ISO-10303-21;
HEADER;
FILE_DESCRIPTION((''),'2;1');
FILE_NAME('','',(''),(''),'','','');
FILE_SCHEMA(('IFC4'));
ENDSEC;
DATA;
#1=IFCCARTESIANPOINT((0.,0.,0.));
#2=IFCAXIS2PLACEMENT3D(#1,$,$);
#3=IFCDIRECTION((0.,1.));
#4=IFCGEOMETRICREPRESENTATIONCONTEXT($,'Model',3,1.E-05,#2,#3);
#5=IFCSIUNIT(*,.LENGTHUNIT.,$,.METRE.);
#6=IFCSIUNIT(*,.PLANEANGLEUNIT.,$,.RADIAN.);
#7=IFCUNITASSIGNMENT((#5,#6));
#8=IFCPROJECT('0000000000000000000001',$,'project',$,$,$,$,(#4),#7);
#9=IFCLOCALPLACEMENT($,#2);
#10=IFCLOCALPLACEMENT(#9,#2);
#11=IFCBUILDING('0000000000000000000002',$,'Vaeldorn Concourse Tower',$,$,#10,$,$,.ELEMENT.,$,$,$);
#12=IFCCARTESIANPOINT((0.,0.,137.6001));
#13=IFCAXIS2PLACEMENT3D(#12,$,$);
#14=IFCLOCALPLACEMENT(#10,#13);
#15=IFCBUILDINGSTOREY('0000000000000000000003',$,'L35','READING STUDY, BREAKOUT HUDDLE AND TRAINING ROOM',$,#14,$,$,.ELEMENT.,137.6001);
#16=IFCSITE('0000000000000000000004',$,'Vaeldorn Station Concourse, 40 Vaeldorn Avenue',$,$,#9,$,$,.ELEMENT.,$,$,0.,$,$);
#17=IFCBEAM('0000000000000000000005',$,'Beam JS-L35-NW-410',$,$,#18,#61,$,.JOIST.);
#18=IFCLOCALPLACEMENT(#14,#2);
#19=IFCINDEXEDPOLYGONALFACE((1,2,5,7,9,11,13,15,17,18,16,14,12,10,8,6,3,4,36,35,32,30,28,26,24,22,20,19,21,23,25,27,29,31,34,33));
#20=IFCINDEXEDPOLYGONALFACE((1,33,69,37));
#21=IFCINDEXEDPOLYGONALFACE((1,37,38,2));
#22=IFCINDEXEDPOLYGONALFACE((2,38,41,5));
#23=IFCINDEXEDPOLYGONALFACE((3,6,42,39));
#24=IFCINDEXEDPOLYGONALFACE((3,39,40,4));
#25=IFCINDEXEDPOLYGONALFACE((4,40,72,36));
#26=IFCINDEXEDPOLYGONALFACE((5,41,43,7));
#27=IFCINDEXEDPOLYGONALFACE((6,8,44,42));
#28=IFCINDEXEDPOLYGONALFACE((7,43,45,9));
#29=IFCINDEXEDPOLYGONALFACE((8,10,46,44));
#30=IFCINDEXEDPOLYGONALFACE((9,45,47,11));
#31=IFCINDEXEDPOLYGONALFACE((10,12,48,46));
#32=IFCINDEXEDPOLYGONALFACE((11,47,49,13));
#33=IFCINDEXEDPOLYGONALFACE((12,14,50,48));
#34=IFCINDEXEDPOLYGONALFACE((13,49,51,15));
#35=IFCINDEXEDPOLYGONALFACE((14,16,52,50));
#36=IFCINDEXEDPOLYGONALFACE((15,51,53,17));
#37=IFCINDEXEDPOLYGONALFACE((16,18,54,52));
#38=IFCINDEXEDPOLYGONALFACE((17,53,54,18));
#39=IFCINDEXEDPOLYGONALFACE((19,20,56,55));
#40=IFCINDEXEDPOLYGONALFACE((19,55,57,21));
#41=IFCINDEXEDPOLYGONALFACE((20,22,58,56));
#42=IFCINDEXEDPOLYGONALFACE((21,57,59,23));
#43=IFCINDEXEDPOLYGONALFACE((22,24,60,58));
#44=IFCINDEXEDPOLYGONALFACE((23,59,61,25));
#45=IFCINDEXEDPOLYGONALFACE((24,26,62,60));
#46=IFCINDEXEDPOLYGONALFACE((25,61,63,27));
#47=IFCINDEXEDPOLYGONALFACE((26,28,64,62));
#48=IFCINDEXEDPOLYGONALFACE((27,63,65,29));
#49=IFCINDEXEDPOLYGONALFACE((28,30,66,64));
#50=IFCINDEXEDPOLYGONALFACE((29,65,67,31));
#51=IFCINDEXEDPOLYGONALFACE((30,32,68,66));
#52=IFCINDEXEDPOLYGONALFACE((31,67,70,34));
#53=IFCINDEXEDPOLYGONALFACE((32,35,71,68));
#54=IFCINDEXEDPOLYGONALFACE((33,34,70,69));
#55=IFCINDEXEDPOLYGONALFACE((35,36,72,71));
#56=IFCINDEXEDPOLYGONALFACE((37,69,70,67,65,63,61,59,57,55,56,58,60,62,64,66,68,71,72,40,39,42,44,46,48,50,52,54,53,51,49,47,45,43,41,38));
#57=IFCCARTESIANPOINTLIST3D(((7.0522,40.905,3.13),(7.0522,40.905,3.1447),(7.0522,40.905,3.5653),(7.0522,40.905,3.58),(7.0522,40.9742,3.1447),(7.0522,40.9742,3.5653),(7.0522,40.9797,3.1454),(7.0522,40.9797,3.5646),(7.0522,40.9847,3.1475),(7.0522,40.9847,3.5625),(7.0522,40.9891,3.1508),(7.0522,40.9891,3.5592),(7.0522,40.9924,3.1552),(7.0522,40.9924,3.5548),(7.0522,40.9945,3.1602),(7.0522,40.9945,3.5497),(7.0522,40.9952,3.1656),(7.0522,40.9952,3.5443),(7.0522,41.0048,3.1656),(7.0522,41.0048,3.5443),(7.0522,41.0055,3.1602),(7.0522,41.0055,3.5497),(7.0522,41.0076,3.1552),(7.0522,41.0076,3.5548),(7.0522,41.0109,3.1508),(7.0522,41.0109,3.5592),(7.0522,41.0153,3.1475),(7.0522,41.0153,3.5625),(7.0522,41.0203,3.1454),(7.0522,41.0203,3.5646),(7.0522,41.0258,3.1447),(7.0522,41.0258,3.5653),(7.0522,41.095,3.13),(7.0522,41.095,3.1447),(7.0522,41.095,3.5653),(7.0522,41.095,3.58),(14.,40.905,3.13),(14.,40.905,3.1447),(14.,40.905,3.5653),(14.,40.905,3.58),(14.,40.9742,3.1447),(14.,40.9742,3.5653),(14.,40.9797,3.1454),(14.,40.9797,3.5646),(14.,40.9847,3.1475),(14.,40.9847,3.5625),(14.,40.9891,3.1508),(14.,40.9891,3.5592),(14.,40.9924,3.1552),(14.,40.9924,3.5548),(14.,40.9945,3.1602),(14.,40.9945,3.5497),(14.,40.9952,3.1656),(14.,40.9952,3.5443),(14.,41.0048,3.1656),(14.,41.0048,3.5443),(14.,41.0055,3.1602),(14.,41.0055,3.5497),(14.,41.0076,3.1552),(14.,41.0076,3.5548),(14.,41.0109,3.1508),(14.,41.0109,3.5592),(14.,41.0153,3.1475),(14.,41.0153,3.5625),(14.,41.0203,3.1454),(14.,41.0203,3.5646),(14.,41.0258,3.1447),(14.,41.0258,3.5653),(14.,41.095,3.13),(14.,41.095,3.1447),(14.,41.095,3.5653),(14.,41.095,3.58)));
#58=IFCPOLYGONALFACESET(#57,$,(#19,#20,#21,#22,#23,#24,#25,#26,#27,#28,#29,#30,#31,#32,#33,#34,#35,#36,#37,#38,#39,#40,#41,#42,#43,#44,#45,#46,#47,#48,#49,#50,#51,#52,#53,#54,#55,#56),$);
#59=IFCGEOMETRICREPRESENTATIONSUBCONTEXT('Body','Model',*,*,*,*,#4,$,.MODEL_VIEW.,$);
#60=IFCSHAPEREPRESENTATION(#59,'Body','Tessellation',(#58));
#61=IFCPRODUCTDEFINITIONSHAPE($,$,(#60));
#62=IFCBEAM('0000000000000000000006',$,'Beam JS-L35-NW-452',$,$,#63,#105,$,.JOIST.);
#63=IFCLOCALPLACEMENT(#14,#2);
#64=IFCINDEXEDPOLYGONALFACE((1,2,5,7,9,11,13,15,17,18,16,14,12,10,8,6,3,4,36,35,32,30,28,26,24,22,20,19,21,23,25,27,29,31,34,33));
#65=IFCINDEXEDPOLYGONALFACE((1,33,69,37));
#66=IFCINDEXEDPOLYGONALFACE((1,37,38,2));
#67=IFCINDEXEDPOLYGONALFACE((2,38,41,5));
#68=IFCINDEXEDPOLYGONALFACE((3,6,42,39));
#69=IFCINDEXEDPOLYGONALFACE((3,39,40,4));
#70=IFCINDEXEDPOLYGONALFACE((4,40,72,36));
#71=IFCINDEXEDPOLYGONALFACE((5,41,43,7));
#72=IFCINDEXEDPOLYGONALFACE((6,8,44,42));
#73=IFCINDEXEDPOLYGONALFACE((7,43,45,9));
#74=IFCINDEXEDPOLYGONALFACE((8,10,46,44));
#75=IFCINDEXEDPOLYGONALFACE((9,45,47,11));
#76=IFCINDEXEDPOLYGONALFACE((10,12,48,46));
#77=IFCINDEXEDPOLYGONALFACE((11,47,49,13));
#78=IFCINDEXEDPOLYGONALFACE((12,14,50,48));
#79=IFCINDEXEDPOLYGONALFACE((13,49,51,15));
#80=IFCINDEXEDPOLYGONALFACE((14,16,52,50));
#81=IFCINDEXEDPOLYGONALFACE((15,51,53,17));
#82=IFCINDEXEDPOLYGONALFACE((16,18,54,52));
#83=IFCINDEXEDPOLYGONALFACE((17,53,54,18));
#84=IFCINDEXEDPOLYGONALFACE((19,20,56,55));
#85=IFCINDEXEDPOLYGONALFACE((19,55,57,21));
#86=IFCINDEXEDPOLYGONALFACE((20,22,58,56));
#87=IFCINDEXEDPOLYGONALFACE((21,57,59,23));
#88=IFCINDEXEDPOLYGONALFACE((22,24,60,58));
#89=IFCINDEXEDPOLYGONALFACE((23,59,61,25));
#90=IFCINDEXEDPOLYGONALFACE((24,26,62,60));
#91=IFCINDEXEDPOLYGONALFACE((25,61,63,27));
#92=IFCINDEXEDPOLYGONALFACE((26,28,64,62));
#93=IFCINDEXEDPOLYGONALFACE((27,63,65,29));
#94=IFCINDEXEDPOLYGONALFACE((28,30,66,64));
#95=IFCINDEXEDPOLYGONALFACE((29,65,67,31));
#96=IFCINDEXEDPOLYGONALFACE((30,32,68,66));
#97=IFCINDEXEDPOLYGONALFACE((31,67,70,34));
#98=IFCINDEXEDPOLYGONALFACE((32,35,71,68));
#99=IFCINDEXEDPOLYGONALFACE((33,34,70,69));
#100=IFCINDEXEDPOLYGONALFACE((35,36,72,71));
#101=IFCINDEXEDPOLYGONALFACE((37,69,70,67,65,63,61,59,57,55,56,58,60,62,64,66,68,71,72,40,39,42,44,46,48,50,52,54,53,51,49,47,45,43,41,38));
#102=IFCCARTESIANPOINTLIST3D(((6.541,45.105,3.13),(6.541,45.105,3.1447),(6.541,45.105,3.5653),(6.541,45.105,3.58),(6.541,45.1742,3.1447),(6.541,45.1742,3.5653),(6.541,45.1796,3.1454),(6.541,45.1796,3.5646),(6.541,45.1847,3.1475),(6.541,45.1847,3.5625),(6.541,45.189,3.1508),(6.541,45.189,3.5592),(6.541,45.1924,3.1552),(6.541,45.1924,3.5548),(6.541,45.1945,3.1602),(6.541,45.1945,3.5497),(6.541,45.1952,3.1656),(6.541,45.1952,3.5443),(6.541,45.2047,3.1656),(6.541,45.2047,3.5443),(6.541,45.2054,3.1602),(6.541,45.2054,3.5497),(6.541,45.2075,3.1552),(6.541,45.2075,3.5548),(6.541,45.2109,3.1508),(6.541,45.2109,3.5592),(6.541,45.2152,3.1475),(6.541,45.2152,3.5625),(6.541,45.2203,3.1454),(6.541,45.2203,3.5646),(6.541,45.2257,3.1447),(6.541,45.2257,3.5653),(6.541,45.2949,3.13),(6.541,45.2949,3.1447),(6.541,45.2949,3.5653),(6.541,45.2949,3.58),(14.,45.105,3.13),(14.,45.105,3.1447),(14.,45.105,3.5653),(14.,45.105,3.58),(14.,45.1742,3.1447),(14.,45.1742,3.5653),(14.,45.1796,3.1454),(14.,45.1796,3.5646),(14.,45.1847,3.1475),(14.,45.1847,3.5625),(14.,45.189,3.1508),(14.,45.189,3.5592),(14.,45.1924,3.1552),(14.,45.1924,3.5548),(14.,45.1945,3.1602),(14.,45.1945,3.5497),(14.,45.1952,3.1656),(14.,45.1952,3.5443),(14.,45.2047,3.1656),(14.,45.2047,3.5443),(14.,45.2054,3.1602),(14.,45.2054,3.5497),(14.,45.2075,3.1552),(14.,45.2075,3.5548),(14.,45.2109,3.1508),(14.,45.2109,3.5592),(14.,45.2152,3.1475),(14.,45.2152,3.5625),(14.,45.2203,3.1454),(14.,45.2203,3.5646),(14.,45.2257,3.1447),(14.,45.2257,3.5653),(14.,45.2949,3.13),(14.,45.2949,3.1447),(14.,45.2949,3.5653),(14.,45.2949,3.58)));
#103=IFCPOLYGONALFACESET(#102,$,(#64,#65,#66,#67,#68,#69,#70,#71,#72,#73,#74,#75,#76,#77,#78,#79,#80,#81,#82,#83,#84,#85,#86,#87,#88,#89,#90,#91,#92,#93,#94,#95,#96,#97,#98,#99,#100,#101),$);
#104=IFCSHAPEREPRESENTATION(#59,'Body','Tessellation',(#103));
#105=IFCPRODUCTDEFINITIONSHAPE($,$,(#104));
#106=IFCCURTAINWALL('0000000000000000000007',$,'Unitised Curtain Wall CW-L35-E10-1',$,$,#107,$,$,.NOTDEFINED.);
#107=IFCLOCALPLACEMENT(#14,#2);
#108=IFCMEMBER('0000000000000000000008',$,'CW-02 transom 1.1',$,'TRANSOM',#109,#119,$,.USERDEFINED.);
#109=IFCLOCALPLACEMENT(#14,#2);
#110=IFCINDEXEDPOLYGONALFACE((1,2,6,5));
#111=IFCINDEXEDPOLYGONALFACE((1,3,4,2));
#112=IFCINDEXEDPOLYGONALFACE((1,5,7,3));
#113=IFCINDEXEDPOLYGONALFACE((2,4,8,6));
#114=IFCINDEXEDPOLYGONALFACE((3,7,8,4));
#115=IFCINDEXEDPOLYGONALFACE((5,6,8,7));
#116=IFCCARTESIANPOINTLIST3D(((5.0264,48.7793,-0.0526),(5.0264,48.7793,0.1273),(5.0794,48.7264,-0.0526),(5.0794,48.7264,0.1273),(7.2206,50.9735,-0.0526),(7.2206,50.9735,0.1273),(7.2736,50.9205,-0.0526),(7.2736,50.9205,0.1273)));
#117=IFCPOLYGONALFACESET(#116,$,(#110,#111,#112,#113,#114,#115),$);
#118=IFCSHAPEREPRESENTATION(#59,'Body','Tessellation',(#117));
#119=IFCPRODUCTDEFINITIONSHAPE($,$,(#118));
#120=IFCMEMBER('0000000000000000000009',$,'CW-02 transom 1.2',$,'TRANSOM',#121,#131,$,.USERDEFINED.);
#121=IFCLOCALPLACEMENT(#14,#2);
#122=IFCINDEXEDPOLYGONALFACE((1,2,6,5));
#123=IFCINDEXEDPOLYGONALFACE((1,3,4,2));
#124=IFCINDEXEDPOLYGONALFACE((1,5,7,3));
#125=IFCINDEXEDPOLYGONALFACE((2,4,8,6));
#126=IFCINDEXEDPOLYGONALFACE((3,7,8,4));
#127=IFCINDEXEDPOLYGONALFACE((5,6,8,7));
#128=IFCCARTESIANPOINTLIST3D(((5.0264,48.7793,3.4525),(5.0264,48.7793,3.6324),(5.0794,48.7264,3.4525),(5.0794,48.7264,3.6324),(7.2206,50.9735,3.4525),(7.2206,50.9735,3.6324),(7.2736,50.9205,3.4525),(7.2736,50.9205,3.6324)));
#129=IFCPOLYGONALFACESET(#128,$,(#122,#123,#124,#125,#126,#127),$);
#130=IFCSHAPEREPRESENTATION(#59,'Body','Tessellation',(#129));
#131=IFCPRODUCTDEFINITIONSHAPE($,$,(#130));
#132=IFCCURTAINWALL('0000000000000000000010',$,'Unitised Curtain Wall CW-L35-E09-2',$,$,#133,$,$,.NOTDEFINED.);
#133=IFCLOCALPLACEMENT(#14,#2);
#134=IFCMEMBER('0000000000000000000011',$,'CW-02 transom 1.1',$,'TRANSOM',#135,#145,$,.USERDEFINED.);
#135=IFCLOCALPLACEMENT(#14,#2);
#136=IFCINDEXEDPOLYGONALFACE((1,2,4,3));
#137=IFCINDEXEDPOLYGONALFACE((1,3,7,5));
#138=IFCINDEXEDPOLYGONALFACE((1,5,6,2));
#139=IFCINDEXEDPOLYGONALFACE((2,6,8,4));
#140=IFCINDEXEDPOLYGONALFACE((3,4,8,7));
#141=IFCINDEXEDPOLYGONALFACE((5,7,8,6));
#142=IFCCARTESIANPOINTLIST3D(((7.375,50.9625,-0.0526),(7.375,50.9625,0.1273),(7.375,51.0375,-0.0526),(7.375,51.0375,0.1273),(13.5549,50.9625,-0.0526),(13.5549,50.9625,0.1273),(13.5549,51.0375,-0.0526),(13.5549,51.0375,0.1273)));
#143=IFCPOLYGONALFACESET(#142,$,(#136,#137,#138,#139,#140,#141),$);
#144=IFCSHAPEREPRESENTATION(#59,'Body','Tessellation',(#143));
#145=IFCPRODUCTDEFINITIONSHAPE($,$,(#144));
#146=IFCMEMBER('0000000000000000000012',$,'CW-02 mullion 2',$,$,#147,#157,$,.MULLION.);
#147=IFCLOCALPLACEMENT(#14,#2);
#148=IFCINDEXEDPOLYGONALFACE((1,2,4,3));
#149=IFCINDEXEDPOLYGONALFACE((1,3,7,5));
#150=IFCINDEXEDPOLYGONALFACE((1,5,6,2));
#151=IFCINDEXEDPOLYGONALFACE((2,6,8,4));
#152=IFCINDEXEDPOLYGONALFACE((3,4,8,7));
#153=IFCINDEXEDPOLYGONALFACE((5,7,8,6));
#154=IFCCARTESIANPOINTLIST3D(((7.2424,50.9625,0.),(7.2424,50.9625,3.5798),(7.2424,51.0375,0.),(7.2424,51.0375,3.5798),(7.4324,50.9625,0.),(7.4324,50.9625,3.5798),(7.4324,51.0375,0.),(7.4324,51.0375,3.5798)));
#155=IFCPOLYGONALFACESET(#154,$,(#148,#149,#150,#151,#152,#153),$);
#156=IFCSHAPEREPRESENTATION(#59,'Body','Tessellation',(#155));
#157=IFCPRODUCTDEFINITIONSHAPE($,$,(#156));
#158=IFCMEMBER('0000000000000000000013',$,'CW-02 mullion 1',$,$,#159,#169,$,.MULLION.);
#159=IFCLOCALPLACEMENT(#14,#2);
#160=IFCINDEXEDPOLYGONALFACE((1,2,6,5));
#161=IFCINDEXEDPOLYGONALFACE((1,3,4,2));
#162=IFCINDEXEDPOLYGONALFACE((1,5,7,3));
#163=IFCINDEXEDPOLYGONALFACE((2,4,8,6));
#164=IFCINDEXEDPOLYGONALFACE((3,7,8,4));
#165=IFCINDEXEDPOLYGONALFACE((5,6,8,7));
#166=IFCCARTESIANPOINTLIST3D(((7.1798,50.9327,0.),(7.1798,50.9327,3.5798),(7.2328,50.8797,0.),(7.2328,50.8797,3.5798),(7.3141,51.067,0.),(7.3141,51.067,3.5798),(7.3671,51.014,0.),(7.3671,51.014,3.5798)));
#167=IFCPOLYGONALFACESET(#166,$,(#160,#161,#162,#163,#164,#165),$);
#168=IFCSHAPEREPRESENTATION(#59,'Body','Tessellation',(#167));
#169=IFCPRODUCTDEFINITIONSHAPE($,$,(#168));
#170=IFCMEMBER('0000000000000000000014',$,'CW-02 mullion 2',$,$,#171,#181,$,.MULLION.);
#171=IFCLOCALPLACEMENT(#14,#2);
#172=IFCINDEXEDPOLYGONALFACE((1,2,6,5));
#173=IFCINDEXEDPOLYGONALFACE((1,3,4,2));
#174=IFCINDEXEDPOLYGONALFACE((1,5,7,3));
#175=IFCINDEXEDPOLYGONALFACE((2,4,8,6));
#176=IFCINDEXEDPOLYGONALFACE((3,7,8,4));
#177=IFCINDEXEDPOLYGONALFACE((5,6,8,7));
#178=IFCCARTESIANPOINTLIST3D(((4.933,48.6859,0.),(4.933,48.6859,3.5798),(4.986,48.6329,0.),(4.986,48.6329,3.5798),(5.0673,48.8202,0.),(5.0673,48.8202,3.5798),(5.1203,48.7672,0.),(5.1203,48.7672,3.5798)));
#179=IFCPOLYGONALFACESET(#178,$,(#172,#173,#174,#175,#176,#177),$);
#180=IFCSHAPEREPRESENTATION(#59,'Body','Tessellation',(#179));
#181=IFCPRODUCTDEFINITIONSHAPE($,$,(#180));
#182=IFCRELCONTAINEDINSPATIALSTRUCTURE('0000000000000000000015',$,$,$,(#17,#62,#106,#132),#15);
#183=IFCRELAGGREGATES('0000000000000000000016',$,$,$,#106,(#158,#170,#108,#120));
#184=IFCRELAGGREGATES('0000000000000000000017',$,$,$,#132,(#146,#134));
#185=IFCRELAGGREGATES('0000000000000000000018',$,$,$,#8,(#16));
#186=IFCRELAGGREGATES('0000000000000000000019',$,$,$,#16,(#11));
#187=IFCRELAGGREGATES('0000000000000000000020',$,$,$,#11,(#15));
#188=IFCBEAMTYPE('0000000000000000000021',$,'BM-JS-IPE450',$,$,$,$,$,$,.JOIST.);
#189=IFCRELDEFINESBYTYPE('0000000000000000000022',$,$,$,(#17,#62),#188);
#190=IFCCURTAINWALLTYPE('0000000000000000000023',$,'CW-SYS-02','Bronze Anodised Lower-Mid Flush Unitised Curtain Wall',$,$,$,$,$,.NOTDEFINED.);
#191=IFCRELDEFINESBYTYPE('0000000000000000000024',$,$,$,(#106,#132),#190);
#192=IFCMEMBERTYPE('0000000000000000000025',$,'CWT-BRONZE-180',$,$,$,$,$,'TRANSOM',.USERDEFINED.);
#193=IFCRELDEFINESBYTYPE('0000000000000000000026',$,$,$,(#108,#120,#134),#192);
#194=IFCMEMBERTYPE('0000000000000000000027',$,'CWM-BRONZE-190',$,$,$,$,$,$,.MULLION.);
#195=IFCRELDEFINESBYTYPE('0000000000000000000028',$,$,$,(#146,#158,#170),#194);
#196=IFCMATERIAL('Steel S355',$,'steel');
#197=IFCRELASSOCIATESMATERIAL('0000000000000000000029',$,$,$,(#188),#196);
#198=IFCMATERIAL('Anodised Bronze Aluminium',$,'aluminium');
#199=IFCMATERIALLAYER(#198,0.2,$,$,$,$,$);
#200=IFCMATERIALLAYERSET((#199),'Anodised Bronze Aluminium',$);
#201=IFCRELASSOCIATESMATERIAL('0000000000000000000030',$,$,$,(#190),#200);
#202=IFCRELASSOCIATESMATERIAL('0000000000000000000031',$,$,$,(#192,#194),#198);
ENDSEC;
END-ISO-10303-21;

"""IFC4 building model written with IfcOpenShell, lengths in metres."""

from ifc_helpers import new_model, si_unit, direction, frame, origin, origin_2d, place, context, subcontext, project, spatial, rectangle, i_section, extrude, source, transform, mapped, material, layer, layer_set, material_profile, profile_set, type_object, element, aggregate, save


model = new_model("IFC4")

# Units and contexts
model_context = context("Model", 3, precision=1e-05, world=origin(), true_north=direction((0.0, 1.0)))
body_context = subcontext(model_context, "Body", "Model", "MODEL_VIEW")
ifc_project = project(units=[si_unit("LENGTHUNIT", "METRE"), si_unit("PLANEANGLEUNIT", "RADIAN")], contexts=[model_context])

# Site, building, storey
site_placement = place(None, origin())
site = spatial("IfcSite", under=ifc_project, at=site_placement, Name="Vaeldorn Station Concourse, 40 Vaeldorn Avenue", CompositionType="ELEMENT", RefElevation=0.0)
building_placement = place(site_placement, origin())
building = spatial("IfcBuilding", under=site, at=building_placement, Name="Vaeldorn Concourse Tower", CompositionType="ELEMENT")
storey_placement = place(building_placement, frame((0.0, 0.0, 137.6001)))
storey = spatial("IfcBuildingStorey", under=building, at=storey_placement, Name="L35", Description="READING STUDY, BREAKOUT HUDDLE AND TRAINING ROOM", CompositionType="ELEMENT", Elevation=137.6001)

# Beams
ifc_material_1 = material(Name="Steel S355", Category="steel")
ifc_material_profile_1 = material_profile(ifc_material_1, i_section(OverallWidth=0.1899, OverallDepth=0.45, WebThickness=0.0095, FlangeThickness=0.0146, FilletRadius=0.021, at=origin_2d()), Name="IPE 450")
ifc_profile_set_1 = profile_set([ifc_material_profile_1], Name="Steel S355")
beam_type_1 = type_object("IfcBeamType", Name="BM-JS-IPE450", PredefinedType="JOIST", material=ifc_profile_set_1)
shared_shape_1 = source(origin(), body_context, "Body", "SweptSolid", [
    extrude(i_section(OverallWidth=0.1899, OverallDepth=0.45, WebThickness=0.0095, FlangeThickness=0.0146, FilletRadius=0.021, at=origin_2d()), origin(), (0.0, 0.0, 1.0), 6.9478),
])
beam_1_placement = place(storey_placement, frame((7.0522, 41.0, 3.355), z_axis=(1.0, 0.0, 0.0), x_axis=(0.0, 1.0, 0.0)))
element("IfcBeam", 1, at=beam_1_placement, inside=storey, type_object=beam_type_1, Name="Beam JS-L35-NW-410", PredefinedType="JOIST", context=body_context, shape_type="MappedRepresentation", body=[
    mapped(shared_shape_1, transform((0.0, 0.0, 0.0), scale=1.0)),
])
shared_shape_2 = source(origin(), body_context, "Body", "SweptSolid", [
    extrude(i_section(OverallWidth=0.1899, OverallDepth=0.45, WebThickness=0.0095, FlangeThickness=0.0146, FilletRadius=0.021, at=origin_2d()), origin(), (0.0, 0.0, 1.0), 7.459),
])
beam_2_placement = place(storey_placement, frame((6.541, 45.2, 3.355), z_axis=(1.0, 0.0, 0.0), x_axis=(0.0, 1.0, 0.0)))
element("IfcBeam", 2, at=beam_2_placement, inside=storey, type_object=beam_type_1, Name="Beam JS-L35-NW-452", PredefinedType="JOIST", context=body_context, shape_type="MappedRepresentation", body=[
    mapped(shared_shape_2, transform((0.0, 0.0, 0.0), scale=1.0)),
])

# Curtain walls, members
ifc_material_2 = material(Name="Anodised Bronze Aluminium", Category="aluminium")
ifc_layer_1 = layer(ifc_material_2, 0.2)
ifc_layer_set_1 = layer_set([ifc_layer_1], Name="Anodised Bronze Aluminium")
curtain_wall_type = type_object("IfcCurtainWallType", Name="CW-SYS-02", Description="Bronze Anodised Lower-Mid Flush Unitised Curtain Wall", PredefinedType="NOTDEFINED", material=ifc_layer_set_1)
curtain_wall_1_placement = place(storey_placement, origin())
curtain_wall_1 = element("IfcCurtainWall", 3, at=curtain_wall_1_placement, inside=storey, type_object=curtain_wall_type, Name="Unitised Curtain Wall CW-L35-E10-1", PredefinedType="NOTDEFINED")
ifc_material_profile_2 = material_profile(ifc_material_2, rectangle(XDim=0.075, YDim=0.1799, at=origin_2d()), Name="CWT 75x180")
ifc_profile_set_2 = profile_set([ifc_material_profile_2], Name="Anodised Bronze Aluminium")
member_type_1 = type_object("IfcMemberType", Name="CWT-BRONZE-180", ElementType="TRANSOM", PredefinedType="USERDEFINED", material=ifc_profile_set_2)
shared_shape_3 = source(origin(), body_context, "Body", "SweptSolid", [
    extrude(rectangle(XDim=0.075, YDim=0.1799, at=origin_2d()), origin(), (0.0, 0.0, 1.0), 3.103),
])
member_1_placement = place(storey_placement, frame((7.2471, 50.947, 0.0374), z_axis=(-0.707107, -0.707107, 0.0), x_axis=(0.707107, -0.707107, 0.0)))
member_1 = element("IfcMember", 4, at=member_1_placement, type_object=member_type_1, Name="CW-02 transom 1.1", ObjectType="TRANSOM", PredefinedType="USERDEFINED", context=body_context, shape_type="MappedRepresentation", body=[
    mapped(shared_shape_3, transform((0.0, 0.0, 0.0), scale=1.0)),
])
member_2_placement = place(storey_placement, frame((7.2471, 50.947, 3.5425), z_axis=(-0.707107, -0.707107, 0.0), x_axis=(0.707107, -0.707107, 0.0)))
member_2 = element("IfcMember", 5, at=member_2_placement, type_object=member_type_1, Name="CW-02 transom 1.2", ObjectType="TRANSOM", PredefinedType="USERDEFINED", context=body_context, shape_type="MappedRepresentation", body=[
    mapped(shared_shape_3, transform((0.0, 0.0, 0.0), scale=1.0)),
])
curtain_wall_2_placement = place(storey_placement, origin())
curtain_wall_2 = element("IfcCurtainWall", 6, at=curtain_wall_2_placement, inside=storey, type_object=curtain_wall_type, Name="Unitised Curtain Wall CW-L35-E09-2", PredefinedType="NOTDEFINED")
shared_shape_4 = source(origin(), body_context, "Body", "SweptSolid", [
    extrude(rectangle(XDim=0.075, YDim=0.1799, at=origin_2d()), origin(), (0.0, 0.0, 1.0), 6.1799),
])
member_3_placement = place(storey_placement, frame((13.5549, 51.0, 0.0374), z_axis=(-1.0, 0.0, 0.0), x_axis=(0.0, -1.0, 0.0)))
member_3 = element("IfcMember", 7, at=member_3_placement, type_object=member_type_1, Name="CW-02 transom 1.1", ObjectType="TRANSOM", PredefinedType="USERDEFINED", context=body_context, shape_type="MappedRepresentation", body=[
    mapped(shared_shape_4, transform((0.0, 0.0, 0.0), scale=1.0)),
])
ifc_material_profile_3 = material_profile(ifc_material_2, rectangle(XDim=0.075, YDim=0.1899, at=origin_2d()), Name="CWM 75x190")
ifc_profile_set_3 = profile_set([ifc_material_profile_3], Name="Anodised Bronze Aluminium")
member_type_2 = type_object("IfcMemberType", Name="CWM-BRONZE-190", PredefinedType="MULLION", material=ifc_profile_set_3)
shared_shape_5 = source(origin(), body_context, "Body", "SweptSolid", [
    extrude(rectangle(XDim=0.075, YDim=0.1899, at=origin_2d()), origin(), (0.0, 0.0, 1.0), 3.5798),
])
member_4_placement = place(storey_placement, frame((7.3374, 51.0, 0.0), z_axis=(0.0, 0.0, 1.0), x_axis=(0.0, -1.0, 0.0)))
member_4 = element("IfcMember", 8, at=member_4_placement, type_object=member_type_2, Name="CW-02 mullion 2", PredefinedType="MULLION", context=body_context, shape_type="MappedRepresentation", body=[
    mapped(shared_shape_5, transform((0.0, 0.0, 0.0), scale=1.0)),
])

# Members
member_5_placement = place(storey_placement, frame((7.2734, 50.9734, 0.0), z_axis=(0.0, 0.0, 1.0), x_axis=(0.707107, -0.707107, 0.0)))
member_5 = element("IfcMember", 9, at=member_5_placement, type_object=member_type_2, Name="CW-02 mullion 1", PredefinedType="MULLION", context=body_context, shape_type="MappedRepresentation", body=[
    mapped(shared_shape_5, transform((0.0, 0.0, 0.0), scale=1.0)),
])
member_6_placement = place(storey_placement, frame((5.0266, 48.7266, 0.0), z_axis=(0.0, 0.0, 1.0), x_axis=(0.707107, -0.707107, 0.0)))
member_6 = element("IfcMember", 10, at=member_6_placement, type_object=member_type_2, Name="CW-02 mullion 2", PredefinedType="MULLION", context=body_context, shape_type="MappedRepresentation", body=[
    mapped(shared_shape_5, transform((0.0, 0.0, 0.0), scale=1.0)),
])

aggregate(curtain_wall_1, [member_5, member_6, member_1, member_2])
aggregate(curtain_wall_2, [member_4, member_3])

save(model, "model.ifc")
